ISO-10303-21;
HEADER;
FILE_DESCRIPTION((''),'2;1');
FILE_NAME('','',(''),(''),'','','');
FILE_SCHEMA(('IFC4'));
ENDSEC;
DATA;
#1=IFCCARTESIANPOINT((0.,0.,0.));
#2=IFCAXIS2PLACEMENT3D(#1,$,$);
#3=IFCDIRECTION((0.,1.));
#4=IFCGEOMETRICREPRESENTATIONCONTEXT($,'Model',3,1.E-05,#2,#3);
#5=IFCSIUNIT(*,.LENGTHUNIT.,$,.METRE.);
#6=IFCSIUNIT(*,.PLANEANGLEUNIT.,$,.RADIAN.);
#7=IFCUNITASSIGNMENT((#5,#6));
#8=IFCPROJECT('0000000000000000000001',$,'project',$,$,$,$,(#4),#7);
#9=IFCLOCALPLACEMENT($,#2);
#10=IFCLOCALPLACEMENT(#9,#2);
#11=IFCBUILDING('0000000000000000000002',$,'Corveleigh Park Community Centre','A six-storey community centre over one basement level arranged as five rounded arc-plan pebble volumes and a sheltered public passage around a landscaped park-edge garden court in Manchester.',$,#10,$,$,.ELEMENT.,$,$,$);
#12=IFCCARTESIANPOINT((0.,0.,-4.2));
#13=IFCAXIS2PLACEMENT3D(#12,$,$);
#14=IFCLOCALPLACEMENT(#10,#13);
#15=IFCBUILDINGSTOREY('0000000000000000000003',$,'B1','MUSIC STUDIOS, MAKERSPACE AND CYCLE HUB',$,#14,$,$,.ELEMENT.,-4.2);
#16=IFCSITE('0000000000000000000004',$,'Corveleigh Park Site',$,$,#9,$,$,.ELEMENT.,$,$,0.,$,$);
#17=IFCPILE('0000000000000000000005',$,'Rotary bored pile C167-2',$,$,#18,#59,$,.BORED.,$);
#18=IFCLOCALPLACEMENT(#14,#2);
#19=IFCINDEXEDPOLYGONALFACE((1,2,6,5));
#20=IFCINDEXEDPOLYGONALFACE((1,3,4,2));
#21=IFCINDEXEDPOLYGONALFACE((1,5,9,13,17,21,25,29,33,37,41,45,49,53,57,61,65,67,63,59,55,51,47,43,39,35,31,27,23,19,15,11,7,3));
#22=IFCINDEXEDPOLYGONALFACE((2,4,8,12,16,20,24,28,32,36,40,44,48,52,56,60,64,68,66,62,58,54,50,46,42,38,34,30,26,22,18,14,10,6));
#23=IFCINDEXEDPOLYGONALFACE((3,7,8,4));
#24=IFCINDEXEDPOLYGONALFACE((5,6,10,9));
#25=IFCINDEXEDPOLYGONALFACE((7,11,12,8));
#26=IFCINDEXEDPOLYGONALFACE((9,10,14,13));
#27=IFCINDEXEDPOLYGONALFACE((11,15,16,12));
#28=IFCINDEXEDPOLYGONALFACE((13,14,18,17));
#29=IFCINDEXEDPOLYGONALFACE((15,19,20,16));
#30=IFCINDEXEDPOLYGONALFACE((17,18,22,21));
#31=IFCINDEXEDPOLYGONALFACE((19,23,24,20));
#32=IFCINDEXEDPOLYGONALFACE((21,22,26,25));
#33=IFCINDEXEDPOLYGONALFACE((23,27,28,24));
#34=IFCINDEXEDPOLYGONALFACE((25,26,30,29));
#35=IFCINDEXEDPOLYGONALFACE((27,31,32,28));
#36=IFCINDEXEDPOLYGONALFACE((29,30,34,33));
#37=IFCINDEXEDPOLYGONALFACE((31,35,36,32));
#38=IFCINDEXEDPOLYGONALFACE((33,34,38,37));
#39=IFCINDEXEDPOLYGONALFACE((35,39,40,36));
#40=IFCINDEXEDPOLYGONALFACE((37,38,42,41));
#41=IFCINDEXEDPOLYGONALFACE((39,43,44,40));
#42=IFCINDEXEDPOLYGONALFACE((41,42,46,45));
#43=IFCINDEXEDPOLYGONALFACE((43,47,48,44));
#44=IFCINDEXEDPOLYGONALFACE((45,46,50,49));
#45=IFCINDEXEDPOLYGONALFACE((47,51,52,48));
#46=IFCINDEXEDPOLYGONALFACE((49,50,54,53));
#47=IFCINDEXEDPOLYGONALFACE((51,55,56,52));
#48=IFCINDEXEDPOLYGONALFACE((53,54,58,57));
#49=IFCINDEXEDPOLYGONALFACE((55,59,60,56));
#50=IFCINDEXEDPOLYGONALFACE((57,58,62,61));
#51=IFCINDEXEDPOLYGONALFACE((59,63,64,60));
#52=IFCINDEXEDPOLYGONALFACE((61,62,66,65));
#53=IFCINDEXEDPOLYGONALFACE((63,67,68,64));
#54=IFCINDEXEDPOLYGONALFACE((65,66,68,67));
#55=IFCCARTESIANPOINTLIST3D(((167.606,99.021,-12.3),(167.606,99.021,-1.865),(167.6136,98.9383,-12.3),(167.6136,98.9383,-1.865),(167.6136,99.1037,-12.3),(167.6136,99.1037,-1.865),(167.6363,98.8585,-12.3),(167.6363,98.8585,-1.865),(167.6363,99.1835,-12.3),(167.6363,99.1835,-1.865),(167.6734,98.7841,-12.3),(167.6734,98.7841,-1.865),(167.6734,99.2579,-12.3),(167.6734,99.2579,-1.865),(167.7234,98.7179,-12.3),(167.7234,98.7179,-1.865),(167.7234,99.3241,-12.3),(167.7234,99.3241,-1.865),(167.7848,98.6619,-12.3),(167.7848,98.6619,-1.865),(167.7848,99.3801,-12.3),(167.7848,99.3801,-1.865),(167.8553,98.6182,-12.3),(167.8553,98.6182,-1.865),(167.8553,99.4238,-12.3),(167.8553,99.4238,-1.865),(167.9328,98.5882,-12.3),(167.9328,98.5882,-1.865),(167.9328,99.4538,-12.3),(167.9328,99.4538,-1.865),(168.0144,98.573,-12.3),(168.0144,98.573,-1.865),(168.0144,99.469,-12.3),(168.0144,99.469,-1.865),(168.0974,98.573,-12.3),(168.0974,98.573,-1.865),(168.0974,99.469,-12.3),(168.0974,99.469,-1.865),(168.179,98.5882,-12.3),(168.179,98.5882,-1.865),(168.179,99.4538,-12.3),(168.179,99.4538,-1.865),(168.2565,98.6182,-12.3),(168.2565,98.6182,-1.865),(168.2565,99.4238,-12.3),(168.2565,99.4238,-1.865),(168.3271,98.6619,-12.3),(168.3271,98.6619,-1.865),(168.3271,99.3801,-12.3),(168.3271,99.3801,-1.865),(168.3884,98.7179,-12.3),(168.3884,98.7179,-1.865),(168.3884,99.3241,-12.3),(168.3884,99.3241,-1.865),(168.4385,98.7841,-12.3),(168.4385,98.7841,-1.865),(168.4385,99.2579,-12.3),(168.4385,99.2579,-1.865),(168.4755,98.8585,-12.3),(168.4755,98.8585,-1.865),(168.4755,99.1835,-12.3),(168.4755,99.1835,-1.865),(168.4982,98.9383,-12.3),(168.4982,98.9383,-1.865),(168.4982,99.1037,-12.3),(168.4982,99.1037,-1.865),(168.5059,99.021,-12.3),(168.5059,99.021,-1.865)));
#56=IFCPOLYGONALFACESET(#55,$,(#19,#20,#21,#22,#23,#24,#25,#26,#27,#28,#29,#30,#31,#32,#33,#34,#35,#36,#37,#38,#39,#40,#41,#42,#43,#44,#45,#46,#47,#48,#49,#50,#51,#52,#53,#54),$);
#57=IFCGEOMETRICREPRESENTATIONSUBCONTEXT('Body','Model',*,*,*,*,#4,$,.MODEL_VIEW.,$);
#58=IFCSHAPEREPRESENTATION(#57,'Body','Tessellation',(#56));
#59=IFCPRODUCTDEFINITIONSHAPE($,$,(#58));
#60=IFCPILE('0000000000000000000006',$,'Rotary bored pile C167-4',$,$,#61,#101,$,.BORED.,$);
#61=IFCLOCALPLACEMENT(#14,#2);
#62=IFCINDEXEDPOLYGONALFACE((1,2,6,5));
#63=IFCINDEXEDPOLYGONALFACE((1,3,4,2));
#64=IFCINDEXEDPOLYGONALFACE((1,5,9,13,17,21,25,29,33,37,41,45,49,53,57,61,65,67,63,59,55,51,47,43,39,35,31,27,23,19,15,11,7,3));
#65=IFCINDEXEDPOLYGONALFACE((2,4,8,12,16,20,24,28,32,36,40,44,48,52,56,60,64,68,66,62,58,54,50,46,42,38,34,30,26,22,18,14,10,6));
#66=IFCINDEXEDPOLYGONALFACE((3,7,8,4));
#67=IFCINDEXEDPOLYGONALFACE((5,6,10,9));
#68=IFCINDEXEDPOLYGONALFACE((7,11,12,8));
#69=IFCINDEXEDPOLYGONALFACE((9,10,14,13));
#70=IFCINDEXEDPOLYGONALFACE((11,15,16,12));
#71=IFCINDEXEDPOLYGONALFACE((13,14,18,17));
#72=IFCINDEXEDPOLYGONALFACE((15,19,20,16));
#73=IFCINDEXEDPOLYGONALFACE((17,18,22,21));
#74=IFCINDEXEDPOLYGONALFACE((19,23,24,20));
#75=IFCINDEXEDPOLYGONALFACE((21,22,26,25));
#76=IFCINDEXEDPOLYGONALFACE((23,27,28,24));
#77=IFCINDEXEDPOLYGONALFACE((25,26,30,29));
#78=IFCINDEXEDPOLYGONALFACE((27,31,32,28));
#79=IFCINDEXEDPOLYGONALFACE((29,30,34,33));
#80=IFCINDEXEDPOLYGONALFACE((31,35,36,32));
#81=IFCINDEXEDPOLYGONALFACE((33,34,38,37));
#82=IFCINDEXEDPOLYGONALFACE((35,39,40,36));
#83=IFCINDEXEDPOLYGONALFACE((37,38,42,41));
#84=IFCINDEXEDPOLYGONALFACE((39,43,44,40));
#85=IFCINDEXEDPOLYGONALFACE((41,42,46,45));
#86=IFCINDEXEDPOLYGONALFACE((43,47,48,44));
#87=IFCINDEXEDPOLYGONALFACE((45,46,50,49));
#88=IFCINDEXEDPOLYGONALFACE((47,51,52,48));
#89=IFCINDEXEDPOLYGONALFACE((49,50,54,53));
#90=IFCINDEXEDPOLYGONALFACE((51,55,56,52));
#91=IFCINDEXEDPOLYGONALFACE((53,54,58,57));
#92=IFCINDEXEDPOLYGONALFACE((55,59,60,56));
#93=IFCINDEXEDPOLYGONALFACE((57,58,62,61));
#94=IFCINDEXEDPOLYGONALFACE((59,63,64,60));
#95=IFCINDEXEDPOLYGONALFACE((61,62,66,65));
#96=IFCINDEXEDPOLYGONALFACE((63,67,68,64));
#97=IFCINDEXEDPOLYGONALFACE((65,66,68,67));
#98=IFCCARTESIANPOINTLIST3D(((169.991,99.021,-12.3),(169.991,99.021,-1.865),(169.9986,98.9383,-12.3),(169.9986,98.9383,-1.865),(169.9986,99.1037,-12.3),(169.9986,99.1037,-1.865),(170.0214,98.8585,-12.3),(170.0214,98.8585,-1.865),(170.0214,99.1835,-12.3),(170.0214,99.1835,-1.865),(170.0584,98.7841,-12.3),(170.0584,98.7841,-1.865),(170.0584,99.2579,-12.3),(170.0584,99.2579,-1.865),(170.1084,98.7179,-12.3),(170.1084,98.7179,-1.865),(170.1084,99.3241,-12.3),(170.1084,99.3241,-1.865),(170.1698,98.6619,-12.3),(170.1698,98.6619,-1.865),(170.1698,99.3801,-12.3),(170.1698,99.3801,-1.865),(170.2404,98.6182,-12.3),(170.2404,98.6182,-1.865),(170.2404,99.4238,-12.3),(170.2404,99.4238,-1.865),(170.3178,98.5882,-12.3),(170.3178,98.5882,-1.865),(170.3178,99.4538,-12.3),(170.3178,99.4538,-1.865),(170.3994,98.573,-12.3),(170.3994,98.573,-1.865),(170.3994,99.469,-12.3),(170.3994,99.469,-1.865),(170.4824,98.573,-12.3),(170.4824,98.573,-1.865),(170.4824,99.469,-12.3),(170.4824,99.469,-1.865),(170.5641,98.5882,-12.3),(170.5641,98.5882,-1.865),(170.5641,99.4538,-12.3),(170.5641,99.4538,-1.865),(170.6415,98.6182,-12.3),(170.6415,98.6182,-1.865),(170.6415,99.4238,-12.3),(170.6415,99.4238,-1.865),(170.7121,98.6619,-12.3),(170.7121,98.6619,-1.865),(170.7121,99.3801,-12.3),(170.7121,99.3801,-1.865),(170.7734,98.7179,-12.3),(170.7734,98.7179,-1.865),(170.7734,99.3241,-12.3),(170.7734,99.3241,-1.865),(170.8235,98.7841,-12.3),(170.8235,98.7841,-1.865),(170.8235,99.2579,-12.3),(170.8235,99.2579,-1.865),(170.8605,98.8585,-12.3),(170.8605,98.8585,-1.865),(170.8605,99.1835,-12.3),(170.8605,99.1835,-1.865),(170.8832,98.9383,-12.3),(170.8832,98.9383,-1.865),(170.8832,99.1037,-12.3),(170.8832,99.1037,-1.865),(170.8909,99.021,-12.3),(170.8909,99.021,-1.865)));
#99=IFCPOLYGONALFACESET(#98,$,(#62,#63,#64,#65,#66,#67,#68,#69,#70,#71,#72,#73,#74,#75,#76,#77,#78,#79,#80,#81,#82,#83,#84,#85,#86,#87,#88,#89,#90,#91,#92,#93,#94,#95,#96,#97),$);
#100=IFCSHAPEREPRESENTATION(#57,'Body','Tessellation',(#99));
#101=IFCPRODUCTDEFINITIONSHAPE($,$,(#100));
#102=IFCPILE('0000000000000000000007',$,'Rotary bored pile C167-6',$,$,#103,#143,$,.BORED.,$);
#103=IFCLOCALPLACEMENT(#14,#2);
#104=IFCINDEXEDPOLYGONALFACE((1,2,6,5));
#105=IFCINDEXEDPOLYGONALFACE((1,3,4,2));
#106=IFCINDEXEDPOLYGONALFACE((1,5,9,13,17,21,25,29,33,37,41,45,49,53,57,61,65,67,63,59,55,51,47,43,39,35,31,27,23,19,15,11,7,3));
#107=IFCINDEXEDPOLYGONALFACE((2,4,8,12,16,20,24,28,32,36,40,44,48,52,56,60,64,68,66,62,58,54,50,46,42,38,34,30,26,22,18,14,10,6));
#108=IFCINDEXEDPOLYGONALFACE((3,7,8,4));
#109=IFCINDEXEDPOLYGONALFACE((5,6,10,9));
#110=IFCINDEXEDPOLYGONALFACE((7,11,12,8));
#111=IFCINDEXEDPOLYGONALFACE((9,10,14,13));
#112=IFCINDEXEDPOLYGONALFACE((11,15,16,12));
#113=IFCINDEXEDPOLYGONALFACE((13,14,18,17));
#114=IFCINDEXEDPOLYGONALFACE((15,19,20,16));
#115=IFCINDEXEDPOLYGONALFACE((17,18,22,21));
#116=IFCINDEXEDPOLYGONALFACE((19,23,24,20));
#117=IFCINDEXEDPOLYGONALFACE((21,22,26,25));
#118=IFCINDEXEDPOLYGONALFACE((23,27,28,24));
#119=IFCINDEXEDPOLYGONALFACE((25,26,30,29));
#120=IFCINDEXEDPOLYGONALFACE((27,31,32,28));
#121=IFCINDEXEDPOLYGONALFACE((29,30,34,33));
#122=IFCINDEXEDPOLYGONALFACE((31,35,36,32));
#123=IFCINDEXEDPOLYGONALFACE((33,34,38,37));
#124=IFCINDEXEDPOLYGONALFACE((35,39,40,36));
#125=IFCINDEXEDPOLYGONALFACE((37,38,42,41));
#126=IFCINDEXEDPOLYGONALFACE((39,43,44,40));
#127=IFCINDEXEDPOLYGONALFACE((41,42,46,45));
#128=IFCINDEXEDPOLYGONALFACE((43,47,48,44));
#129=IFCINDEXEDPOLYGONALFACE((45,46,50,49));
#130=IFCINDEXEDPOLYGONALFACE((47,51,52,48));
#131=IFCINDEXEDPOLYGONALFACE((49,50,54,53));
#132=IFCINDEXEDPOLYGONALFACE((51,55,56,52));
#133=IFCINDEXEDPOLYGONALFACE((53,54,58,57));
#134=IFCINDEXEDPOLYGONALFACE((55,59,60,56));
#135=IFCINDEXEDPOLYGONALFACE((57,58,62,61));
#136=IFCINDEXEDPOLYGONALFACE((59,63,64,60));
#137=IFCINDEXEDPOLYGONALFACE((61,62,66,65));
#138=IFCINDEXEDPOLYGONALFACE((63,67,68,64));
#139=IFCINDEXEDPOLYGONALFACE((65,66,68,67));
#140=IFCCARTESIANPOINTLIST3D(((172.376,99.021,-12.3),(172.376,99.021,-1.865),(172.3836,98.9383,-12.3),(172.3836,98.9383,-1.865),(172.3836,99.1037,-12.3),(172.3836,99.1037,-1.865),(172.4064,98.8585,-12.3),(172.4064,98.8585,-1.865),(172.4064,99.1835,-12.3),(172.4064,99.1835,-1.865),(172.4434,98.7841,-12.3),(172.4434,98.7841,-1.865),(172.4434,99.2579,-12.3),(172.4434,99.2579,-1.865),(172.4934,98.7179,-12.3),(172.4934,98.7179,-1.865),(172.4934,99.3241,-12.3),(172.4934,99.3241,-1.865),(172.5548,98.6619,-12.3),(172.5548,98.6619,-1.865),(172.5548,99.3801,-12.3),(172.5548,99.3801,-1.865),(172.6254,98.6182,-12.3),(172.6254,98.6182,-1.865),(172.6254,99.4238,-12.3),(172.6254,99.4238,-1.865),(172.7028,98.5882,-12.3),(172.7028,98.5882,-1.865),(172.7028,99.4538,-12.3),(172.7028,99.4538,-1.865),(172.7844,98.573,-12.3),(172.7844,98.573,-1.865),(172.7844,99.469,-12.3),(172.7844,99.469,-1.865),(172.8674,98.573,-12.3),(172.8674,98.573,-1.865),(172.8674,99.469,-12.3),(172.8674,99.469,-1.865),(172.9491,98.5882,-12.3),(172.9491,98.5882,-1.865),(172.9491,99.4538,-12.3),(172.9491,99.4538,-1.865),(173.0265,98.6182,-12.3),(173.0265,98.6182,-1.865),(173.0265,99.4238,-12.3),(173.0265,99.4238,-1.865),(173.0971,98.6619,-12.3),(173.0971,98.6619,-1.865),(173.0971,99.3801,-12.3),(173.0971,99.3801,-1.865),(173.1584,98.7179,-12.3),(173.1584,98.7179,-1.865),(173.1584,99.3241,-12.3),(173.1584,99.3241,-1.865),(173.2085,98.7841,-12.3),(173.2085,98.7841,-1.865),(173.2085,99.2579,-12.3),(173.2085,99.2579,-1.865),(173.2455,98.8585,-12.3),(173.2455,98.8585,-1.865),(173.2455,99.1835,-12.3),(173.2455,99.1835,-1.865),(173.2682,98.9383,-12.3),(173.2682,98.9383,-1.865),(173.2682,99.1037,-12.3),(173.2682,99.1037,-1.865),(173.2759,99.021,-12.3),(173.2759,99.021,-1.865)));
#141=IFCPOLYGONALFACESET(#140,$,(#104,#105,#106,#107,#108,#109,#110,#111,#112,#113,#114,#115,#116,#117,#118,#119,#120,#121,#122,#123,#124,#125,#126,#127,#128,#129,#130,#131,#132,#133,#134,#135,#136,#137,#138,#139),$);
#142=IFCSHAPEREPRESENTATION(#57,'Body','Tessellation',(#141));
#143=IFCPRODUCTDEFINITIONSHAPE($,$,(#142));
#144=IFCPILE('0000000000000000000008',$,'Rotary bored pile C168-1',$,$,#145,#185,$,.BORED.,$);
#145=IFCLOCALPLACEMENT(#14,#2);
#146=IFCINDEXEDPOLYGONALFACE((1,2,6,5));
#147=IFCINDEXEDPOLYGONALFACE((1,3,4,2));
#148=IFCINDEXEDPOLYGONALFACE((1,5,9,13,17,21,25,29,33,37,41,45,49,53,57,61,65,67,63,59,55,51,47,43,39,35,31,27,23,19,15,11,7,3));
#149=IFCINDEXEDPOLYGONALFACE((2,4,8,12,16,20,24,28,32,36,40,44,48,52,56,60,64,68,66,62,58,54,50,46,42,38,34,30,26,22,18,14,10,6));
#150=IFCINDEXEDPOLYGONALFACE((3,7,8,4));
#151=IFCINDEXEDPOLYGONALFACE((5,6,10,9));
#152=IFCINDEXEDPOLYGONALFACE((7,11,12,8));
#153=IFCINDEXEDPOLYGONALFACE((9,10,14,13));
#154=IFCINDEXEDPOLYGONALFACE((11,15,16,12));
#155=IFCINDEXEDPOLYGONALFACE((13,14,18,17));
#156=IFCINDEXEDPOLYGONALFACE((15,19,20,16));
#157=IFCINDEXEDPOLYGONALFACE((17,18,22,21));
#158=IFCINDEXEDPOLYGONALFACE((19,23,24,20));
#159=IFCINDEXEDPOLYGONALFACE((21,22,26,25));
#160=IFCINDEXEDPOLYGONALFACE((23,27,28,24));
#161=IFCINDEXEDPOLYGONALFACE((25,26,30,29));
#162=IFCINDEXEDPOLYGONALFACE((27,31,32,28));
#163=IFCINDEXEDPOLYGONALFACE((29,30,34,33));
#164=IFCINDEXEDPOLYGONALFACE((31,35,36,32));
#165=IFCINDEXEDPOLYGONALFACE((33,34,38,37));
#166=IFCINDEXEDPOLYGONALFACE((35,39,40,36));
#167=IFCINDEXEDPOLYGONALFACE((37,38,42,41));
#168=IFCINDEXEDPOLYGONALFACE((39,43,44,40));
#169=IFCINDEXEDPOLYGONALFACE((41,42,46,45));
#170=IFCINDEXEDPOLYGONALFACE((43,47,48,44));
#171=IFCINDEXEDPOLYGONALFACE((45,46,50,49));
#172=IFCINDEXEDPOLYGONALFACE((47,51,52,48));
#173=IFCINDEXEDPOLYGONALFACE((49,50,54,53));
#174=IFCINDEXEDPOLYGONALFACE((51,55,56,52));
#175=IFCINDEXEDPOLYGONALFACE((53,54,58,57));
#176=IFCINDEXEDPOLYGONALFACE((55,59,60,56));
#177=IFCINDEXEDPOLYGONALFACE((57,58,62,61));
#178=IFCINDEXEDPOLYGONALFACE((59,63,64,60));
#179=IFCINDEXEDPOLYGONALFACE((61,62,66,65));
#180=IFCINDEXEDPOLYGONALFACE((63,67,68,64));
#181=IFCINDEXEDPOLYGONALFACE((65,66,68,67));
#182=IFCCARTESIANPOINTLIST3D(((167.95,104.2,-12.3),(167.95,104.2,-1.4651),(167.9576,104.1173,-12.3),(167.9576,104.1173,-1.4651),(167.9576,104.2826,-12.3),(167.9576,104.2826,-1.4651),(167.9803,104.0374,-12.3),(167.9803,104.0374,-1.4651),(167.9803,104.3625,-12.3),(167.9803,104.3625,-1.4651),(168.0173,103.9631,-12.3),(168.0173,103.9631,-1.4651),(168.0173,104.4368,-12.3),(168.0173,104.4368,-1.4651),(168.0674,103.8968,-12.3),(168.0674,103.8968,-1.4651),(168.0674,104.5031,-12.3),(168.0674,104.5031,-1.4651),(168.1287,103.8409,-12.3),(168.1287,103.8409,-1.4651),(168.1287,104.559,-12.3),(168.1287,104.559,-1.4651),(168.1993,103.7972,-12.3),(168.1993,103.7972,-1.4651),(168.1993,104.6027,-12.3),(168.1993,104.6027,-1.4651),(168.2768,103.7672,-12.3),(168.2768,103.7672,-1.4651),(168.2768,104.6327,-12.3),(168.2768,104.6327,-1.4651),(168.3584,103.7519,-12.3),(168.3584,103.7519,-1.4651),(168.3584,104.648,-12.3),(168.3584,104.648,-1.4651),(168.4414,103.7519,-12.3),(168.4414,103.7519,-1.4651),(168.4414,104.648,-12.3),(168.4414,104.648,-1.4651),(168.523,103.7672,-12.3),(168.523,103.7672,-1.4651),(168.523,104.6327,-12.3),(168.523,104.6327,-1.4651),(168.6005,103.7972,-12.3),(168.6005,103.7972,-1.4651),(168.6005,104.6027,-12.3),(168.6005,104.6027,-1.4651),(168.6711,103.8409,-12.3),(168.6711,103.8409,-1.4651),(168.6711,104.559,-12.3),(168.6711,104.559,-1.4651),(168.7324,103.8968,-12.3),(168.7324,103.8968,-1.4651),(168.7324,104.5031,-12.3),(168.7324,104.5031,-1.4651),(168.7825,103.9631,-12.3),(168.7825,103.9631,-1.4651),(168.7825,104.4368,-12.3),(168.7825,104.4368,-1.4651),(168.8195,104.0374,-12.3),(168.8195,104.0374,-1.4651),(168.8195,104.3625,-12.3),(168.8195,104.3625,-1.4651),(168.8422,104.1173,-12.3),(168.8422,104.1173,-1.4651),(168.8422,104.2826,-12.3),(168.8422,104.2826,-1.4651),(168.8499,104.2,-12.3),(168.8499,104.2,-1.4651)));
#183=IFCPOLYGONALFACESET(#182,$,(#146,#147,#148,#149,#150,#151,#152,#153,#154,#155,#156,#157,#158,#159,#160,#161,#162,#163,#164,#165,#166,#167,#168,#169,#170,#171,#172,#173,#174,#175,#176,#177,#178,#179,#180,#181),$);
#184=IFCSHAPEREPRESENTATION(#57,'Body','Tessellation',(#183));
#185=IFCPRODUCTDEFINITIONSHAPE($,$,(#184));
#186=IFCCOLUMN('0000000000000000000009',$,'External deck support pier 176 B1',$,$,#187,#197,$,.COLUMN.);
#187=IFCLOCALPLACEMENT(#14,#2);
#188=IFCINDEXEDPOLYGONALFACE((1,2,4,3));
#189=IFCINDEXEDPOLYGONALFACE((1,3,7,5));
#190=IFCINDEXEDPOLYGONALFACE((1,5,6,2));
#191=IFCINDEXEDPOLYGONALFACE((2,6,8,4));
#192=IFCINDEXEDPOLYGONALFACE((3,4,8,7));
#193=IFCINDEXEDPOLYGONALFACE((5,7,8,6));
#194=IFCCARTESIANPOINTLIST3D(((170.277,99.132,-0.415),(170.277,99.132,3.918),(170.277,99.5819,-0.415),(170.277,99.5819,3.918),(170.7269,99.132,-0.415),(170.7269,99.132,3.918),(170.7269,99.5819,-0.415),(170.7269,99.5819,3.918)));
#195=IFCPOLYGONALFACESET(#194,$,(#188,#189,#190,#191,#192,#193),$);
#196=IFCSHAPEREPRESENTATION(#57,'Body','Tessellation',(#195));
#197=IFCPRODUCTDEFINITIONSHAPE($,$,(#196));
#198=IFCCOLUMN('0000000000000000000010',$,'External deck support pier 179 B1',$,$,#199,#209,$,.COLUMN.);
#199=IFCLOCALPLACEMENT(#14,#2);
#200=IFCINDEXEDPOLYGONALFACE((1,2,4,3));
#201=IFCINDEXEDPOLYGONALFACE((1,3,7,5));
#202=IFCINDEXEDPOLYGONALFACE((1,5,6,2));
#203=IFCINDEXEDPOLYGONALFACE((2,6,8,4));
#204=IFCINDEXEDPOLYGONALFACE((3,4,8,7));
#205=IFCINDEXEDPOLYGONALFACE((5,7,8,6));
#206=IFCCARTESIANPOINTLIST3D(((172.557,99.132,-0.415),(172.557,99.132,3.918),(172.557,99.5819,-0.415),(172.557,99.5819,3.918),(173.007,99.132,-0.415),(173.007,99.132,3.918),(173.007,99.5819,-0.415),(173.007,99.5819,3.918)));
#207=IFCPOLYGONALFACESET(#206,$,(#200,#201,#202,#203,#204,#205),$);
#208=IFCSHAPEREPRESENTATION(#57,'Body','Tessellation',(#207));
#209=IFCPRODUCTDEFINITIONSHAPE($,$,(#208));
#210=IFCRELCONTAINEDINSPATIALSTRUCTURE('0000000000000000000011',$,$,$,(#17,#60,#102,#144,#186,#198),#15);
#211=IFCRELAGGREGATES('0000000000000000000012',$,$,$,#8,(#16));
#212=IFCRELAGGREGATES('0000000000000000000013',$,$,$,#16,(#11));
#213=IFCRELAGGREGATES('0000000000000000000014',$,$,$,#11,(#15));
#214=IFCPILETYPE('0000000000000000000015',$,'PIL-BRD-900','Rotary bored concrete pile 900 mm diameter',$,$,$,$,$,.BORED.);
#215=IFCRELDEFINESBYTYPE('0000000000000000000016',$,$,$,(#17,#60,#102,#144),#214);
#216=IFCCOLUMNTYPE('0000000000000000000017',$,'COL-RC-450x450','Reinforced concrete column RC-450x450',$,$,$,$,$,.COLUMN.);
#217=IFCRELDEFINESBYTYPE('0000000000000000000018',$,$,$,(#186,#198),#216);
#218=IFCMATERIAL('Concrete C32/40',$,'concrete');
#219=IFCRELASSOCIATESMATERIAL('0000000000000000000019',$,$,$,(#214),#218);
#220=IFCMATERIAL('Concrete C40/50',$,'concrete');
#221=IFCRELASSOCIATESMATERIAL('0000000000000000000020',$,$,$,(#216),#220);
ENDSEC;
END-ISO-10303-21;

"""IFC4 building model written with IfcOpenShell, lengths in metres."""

from ifc_helpers import new_model, si_unit, direction, frame, origin, origin_2d, place, context, subcontext, project, spatial, rectangle, circle, extrude, material, material_profile, profile_set, type_object, element, save


model = new_model("IFC4")

# Units and contexts
model_context = context("Model", 3, precision=1e-05, world=origin(), true_north=direction((0.0, 1.0)))
body_context = subcontext(model_context, "Body", "Model", "MODEL_VIEW")
ifc_project = project(units=[si_unit("LENGTHUNIT", "METRE"), si_unit("PLANEANGLEUNIT", "RADIAN")], contexts=[model_context])

# Site, building, storey
site_placement = place(None, origin())
site = spatial("IfcSite", under=ifc_project, at=site_placement, Name="Corveleigh Park Site", CompositionType="ELEMENT", RefElevation=0.0)
building_placement = place(site_placement, origin())
building = spatial("IfcBuilding", under=site, at=building_placement, Name="Corveleigh Park Community Centre", Description="A six-storey community centre over one basement level arranged as five rounded arc-plan pebble volumes and a sheltered public passage around a landscaped park-edge garden court in Manchester.", CompositionType="ELEMENT")
storey_placement = place(building_placement, frame((0.0, 0.0, -4.2)))
storey = spatial("IfcBuildingStorey", under=building, at=storey_placement, Name="B1", Description="MUSIC STUDIOS, MAKERSPACE AND CYCLE HUB", CompositionType="ELEMENT", Elevation=-4.2)

# Shared definitions
ifc_material_1 = material(Name="Concrete C40/50", Category="concrete")

# Piles
ifc_material_2 = material(Name="Concrete C32/40", Category="concrete")
ifc_material_profile_1 = material_profile(ifc_material_2, circle(Radius=0.45, at=origin_2d()), Name="BORED-PILE-900", Category="concrete")
ifc_profile_set_1 = profile_set([ifc_material_profile_1], Name="Concrete C32/40")
pile_type = type_object("IfcPileType", Name="PIL-BRD-900", Description="Rotary bored concrete pile 900 mm diameter", PredefinedType="BORED", material=ifc_profile_set_1)
for number, where, z_axis, x_axis, name in (
    (1, (168.0559, 99.021, -1.865), (0.0, 0.0, -1.0), (1.0, 0.0, 0.0), "Rotary bored pile C167-2"),
    (2, (170.4409, 99.021, -1.865), (0.0, 0.0, -1.0), (1.0, 0.0, 0.0), "Rotary bored pile C167-4"),
    (3, (172.8259, 99.021, -1.865), (0.0, 0.0, -1.0), (1.0, 0.0, 0.0), "Rotary bored pile C167-6"),
):
    element("IfcPile", number, at=place(storey_placement, frame(where, z_axis=z_axis, x_axis=x_axis)), inside=storey, type_object=pile_type, Name=name, PredefinedType="BORED", context=body_context, shape_type="SweptSolid", body=[
        extrude(circle(Radius=0.45, at=origin_2d()), origin(), (0.0, 0.0, 1.0), 10.4351),
    ])
pile_placement = place(storey_placement, frame((168.3999, 104.2, -1.4651), z_axis=(0.0, 0.0, -1.0), x_axis=(1.0, 0.0, 0.0)))
element("IfcPile", 4, at=pile_placement, inside=storey, type_object=pile_type, Name="Rotary bored pile C168-1", PredefinedType="BORED", context=body_context, shape_type="SweptSolid", body=[
    extrude(circle(Radius=0.45, at=origin_2d()), origin(), (0.0, 0.0, 1.0), 10.835),
])

# Columns
ifc_material_profile_2 = material_profile(ifc_material_1, rectangle(XDim=0.45, YDim=0.45, at=origin_2d()), Name="RC-450x450", Category="concrete")
ifc_profile_set_2 = profile_set([ifc_material_profile_2], Name="Concrete C40/50")
column_type_1 = type_object("IfcColumnType", Name="COL-RC-450x450", Description="Reinforced concrete column RC-450x450", PredefinedType="COLUMN", material=ifc_profile_set_2)
for number, where, z_axis, x_axis, name in (
    (5, (170.502, 99.3569, -0.415), (0.0, 0.0, 1.0), (1.0, 0.0, 0.0), "External deck support pier 176 B1"),
    (6, (172.782, 99.3569, -0.415), (0.0, 0.0, 1.0), (1.0, 0.0, 0.0), "External deck support pier 179 B1"),
):
    element("IfcColumn", number, at=place(storey_placement, frame(where, z_axis=z_axis, x_axis=x_axis)), inside=storey, type_object=column_type_1, Name=name, PredefinedType="COLUMN", context=body_context, shape_type="SweptSolid", body=[
        extrude(rectangle(XDim=0.45, YDim=0.45, at=origin_2d()), origin(), (0.0, 0.0, 1.0), 4.333),
    ])

save(model, "model.ifc")
